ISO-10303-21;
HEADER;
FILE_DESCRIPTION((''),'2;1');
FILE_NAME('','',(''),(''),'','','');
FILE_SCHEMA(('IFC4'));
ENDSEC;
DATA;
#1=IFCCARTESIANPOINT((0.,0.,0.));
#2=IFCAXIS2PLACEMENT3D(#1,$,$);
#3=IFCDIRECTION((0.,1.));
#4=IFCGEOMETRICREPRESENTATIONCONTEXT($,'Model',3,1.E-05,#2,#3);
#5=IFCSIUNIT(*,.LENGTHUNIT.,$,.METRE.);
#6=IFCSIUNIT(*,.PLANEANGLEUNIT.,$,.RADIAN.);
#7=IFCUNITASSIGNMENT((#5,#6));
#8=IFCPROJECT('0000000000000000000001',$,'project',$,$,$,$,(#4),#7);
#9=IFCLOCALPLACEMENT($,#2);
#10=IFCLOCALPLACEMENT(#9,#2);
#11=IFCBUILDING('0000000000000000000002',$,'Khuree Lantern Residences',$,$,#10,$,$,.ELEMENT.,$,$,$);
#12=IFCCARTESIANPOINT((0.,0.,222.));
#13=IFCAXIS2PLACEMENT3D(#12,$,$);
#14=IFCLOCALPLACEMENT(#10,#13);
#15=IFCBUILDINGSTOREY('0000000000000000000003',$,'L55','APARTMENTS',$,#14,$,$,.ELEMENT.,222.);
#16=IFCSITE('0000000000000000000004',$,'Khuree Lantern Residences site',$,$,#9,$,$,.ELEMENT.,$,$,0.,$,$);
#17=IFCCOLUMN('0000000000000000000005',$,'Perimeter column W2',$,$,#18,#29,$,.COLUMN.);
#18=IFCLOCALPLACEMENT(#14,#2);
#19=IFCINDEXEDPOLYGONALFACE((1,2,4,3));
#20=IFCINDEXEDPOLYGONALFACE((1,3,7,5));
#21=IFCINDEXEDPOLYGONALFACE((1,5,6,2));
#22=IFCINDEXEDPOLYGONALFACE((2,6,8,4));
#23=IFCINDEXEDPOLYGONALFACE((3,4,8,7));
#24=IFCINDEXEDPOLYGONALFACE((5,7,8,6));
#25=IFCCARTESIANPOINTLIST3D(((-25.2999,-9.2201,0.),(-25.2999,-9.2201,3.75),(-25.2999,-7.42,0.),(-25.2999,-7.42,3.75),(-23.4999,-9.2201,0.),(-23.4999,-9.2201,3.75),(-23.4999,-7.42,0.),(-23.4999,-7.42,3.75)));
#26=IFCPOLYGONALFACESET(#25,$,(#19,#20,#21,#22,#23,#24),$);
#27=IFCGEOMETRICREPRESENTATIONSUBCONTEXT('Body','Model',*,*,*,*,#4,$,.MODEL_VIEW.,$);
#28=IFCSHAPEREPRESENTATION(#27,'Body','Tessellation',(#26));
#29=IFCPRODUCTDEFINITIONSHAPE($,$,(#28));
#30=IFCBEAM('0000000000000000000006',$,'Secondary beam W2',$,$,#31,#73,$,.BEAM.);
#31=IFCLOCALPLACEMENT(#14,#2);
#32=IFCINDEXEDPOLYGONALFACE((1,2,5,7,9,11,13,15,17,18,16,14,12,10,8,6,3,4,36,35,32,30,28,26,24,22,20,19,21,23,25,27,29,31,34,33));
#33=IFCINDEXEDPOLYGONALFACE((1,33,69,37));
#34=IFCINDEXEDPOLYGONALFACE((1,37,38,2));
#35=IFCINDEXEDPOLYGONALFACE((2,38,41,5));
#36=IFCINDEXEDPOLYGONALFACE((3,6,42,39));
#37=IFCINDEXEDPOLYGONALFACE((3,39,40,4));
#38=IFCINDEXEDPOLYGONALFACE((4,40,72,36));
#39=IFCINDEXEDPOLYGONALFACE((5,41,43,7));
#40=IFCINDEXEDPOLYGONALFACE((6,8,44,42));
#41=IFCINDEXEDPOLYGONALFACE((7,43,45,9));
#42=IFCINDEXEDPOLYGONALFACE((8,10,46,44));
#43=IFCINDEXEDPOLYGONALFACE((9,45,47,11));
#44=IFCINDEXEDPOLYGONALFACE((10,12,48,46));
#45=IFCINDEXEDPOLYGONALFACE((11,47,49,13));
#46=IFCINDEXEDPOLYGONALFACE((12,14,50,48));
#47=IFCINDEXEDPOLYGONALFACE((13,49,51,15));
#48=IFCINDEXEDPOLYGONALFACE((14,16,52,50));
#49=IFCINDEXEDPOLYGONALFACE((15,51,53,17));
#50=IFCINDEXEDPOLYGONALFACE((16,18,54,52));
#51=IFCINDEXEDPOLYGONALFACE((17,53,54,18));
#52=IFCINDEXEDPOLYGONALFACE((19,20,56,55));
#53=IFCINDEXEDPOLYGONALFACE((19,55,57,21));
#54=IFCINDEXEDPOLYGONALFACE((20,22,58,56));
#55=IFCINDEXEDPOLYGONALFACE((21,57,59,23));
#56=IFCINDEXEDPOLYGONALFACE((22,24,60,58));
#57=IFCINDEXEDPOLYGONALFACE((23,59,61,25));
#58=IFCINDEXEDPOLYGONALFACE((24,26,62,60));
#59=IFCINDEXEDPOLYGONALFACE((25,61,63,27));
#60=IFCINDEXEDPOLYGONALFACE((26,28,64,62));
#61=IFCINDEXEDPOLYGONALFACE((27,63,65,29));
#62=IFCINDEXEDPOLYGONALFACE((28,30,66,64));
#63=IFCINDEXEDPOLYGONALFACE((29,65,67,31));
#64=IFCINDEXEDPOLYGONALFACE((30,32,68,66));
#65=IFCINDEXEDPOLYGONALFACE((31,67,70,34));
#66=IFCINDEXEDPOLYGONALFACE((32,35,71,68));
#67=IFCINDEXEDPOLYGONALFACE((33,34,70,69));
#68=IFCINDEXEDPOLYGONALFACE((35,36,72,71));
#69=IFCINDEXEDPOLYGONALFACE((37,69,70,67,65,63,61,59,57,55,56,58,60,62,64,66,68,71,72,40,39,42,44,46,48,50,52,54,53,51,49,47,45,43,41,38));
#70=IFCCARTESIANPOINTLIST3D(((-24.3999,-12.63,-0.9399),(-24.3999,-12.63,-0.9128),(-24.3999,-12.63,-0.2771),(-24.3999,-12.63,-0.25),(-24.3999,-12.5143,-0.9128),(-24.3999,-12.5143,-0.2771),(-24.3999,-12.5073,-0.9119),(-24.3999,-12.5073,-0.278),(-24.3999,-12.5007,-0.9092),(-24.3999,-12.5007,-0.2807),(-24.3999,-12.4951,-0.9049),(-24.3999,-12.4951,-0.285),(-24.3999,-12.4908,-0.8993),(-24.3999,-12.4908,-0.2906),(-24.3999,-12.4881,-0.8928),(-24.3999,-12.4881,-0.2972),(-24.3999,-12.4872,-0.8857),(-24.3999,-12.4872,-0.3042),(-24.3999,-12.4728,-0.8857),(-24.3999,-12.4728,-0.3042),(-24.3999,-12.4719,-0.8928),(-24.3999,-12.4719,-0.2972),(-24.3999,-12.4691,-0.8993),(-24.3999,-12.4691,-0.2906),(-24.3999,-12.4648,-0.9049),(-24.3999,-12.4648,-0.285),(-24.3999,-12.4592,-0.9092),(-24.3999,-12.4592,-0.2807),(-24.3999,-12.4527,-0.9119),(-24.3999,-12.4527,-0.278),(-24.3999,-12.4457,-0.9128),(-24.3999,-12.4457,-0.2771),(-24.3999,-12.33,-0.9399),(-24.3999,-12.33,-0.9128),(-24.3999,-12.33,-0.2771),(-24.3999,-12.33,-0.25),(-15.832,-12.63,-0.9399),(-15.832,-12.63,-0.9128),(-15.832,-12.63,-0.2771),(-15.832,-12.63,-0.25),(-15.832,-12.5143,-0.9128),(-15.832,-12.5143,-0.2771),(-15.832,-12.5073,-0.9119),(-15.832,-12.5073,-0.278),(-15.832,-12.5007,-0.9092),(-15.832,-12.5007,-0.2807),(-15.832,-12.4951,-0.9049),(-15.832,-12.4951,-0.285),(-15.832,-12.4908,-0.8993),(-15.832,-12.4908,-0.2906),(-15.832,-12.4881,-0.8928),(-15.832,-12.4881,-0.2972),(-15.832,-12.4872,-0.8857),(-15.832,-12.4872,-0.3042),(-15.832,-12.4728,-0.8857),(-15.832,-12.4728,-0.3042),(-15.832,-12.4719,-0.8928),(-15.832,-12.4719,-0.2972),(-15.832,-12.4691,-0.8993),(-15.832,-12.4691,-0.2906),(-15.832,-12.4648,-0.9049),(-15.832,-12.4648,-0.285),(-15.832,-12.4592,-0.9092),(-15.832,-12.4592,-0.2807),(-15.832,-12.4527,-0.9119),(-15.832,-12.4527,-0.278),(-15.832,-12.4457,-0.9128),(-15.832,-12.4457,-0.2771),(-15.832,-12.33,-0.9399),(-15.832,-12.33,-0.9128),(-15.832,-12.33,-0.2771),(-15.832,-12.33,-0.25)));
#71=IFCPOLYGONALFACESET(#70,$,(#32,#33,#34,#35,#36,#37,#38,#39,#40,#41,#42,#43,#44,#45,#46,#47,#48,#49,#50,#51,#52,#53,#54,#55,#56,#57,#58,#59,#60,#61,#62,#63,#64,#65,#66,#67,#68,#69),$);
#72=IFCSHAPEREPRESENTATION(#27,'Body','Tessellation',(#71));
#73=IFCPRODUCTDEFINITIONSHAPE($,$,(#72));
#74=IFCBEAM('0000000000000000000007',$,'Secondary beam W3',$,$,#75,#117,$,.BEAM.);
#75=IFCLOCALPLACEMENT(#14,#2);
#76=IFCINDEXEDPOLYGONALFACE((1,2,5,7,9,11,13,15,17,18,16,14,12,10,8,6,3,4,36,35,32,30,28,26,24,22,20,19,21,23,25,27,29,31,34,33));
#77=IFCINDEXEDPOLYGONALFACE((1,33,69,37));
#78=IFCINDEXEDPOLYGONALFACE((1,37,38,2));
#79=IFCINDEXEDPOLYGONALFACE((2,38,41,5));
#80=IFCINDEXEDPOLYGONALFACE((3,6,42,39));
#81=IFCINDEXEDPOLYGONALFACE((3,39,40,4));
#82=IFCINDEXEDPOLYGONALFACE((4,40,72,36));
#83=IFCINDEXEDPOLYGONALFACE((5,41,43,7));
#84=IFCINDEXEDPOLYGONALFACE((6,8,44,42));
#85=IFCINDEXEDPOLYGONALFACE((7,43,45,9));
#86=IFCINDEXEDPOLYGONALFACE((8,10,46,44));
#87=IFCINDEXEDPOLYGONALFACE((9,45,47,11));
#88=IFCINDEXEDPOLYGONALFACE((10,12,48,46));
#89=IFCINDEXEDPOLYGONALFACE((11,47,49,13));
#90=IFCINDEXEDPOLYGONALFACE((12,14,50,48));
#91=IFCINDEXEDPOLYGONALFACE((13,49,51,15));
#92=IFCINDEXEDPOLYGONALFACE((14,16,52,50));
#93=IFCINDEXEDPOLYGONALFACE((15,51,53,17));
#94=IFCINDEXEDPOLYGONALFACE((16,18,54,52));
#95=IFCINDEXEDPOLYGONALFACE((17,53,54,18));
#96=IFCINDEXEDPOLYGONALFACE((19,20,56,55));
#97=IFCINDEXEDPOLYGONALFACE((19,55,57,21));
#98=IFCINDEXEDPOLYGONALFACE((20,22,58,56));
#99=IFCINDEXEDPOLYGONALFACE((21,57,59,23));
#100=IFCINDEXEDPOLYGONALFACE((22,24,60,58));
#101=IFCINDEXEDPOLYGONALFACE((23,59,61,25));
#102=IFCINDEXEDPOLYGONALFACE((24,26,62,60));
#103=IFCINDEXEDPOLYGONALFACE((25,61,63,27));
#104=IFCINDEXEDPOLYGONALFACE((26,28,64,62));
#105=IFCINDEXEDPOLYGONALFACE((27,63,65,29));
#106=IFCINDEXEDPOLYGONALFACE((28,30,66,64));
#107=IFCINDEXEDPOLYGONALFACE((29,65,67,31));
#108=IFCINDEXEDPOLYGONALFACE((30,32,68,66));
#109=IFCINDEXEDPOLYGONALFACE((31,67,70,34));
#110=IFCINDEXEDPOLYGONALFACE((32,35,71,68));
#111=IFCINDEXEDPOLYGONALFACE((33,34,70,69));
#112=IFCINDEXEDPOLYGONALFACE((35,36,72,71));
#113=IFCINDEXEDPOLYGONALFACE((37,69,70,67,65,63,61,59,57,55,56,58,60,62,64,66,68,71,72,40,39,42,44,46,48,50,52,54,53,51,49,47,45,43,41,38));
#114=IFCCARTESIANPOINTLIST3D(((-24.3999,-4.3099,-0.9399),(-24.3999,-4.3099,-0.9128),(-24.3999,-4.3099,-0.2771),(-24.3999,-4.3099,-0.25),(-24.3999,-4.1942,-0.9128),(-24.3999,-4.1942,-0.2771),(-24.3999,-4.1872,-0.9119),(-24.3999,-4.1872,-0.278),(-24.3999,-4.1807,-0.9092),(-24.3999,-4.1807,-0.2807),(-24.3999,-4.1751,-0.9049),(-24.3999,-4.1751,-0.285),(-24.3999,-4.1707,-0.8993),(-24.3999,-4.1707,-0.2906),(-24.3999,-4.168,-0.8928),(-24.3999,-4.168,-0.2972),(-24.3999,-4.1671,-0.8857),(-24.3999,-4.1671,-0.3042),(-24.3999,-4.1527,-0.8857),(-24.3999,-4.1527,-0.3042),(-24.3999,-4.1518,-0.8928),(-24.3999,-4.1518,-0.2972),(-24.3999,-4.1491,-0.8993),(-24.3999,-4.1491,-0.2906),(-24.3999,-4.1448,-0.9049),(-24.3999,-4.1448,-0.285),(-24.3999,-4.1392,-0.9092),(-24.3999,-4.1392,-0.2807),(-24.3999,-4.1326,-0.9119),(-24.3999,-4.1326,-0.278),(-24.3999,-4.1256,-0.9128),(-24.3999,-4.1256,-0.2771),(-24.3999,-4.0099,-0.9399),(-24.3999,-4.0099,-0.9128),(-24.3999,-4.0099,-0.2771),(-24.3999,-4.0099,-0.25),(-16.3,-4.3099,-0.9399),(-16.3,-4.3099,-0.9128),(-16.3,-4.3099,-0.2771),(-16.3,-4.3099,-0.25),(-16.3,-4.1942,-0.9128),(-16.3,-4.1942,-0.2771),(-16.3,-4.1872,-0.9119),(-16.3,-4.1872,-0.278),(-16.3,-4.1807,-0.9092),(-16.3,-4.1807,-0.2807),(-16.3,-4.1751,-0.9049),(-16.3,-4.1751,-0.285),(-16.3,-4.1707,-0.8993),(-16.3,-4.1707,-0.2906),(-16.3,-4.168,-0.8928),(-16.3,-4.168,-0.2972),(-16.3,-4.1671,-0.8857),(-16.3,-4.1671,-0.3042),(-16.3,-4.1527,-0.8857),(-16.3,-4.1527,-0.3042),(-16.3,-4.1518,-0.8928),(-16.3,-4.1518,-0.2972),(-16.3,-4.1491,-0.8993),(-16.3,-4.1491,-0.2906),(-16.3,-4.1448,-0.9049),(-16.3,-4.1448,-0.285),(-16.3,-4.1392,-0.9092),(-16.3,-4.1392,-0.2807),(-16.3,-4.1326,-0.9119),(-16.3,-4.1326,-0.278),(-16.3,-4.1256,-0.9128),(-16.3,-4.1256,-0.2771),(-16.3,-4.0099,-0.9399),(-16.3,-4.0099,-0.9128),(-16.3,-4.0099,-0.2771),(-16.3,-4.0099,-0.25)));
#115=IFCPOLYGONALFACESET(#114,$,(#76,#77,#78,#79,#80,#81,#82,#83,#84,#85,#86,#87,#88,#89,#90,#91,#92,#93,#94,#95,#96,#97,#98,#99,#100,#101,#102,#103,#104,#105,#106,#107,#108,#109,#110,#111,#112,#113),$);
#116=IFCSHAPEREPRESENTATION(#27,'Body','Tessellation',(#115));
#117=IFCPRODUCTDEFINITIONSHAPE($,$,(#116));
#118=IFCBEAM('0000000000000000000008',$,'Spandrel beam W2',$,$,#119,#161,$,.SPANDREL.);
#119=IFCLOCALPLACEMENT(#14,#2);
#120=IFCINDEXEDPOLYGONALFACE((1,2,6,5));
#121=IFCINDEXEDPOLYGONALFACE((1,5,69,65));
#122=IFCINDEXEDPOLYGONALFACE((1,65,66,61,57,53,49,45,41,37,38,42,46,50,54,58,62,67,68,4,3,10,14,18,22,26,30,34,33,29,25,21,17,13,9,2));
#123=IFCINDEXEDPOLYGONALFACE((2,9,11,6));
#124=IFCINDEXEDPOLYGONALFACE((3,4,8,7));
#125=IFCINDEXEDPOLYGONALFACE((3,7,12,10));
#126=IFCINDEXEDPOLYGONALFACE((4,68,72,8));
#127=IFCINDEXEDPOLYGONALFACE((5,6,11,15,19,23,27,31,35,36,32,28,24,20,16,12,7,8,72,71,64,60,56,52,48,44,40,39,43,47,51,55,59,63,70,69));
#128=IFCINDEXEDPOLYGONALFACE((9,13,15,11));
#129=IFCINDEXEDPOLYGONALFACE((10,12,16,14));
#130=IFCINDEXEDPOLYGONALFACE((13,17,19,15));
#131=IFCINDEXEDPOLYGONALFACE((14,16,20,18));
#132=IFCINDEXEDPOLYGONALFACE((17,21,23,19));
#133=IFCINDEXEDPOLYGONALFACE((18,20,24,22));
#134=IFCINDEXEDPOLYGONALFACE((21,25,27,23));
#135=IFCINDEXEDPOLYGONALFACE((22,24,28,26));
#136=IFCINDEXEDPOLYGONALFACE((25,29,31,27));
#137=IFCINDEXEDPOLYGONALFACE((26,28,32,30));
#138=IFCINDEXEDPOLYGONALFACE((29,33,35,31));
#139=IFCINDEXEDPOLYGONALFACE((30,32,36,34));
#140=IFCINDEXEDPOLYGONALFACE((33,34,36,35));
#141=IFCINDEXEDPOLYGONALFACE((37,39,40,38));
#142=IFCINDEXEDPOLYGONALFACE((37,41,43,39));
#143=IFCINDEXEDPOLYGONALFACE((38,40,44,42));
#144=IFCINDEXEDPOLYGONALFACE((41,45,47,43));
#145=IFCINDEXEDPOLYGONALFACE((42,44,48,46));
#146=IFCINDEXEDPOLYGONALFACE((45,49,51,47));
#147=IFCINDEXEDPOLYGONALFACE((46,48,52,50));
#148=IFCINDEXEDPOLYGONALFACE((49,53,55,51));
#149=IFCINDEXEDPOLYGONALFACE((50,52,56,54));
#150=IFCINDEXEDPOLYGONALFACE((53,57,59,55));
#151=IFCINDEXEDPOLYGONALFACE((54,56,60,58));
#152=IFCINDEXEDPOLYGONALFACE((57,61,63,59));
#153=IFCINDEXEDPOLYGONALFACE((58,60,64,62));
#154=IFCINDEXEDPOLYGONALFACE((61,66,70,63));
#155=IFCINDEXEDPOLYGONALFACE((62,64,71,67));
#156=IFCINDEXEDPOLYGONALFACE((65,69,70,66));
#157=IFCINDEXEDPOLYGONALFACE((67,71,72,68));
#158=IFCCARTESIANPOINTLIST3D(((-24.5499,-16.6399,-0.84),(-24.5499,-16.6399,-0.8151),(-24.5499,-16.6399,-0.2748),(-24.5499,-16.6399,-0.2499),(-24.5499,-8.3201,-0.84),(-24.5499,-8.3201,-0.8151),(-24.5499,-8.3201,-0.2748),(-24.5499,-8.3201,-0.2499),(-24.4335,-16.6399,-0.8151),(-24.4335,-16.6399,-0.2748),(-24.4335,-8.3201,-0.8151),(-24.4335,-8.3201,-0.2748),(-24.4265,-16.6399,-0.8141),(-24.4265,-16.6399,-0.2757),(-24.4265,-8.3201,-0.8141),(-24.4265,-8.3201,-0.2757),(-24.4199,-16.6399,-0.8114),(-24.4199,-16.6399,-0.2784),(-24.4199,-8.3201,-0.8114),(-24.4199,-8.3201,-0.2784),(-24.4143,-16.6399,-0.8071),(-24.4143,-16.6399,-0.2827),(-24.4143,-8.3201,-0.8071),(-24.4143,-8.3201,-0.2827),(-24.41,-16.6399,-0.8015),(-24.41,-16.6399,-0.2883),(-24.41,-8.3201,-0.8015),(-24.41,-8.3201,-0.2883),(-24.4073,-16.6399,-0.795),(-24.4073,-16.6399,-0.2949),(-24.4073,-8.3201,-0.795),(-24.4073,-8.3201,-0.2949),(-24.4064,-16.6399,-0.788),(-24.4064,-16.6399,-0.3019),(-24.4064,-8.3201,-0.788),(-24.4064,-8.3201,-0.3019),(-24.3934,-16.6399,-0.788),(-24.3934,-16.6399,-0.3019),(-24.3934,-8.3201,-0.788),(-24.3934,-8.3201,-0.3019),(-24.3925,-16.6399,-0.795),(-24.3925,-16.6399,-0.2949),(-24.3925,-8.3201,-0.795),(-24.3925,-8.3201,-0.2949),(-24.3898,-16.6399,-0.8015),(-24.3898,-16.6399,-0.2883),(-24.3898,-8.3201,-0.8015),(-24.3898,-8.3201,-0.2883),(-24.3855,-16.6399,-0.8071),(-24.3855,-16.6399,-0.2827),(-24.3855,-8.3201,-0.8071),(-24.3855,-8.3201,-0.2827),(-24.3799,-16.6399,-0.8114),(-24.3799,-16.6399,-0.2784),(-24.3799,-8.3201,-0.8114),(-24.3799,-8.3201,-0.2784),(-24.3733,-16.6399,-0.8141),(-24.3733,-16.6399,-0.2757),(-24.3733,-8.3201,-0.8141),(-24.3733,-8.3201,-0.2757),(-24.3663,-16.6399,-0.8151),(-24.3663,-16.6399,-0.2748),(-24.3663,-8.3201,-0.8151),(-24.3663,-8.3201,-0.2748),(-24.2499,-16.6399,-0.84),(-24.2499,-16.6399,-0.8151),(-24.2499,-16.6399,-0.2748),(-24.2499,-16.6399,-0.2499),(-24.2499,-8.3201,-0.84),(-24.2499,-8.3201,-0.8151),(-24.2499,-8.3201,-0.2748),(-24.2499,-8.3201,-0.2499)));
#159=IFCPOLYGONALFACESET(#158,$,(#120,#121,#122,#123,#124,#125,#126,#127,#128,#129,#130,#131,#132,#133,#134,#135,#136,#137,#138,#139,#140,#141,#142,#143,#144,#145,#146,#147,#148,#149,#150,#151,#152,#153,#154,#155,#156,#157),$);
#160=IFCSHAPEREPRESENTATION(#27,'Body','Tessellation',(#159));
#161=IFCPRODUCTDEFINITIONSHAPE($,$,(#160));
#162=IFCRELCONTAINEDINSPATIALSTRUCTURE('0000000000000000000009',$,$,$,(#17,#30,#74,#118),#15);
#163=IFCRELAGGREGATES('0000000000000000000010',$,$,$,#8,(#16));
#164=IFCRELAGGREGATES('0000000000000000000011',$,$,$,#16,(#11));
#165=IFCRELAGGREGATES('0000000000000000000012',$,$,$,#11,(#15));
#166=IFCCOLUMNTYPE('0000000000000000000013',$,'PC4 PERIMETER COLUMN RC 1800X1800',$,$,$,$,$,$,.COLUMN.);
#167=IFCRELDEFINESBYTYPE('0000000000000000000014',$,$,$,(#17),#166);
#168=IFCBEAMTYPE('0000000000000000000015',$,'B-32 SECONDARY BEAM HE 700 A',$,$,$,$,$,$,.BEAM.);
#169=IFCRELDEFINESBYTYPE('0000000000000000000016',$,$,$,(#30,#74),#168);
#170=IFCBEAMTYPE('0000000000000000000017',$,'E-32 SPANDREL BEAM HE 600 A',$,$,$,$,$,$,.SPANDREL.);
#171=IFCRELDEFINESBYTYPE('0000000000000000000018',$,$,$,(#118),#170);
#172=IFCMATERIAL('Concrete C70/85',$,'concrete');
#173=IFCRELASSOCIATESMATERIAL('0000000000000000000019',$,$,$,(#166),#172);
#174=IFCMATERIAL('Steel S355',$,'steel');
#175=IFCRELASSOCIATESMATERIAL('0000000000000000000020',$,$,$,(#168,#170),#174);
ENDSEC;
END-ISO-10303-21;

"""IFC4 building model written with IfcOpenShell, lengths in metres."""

from ifc_helpers import new_model, si_unit, direction, frame, origin, origin_2d, place, context, subcontext, project, spatial, rectangle, i_section, extrude, material, material_profile, profile_set, type_object, element, save


model = new_model("IFC4")

# Units and contexts
model_context = context("Model", 3, precision=1e-05, world=origin(), true_north=direction((0.0, 1.0)))
body_context = subcontext(model_context, "Body", "Model", "MODEL_VIEW")
ifc_project = project(units=[si_unit("LENGTHUNIT", "METRE"), si_unit("PLANEANGLEUNIT", "RADIAN")], contexts=[model_context])

# Site, building, storey
site_placement = place(None, origin())
site = spatial("IfcSite", under=ifc_project, at=site_placement, Name="Khuree Lantern Residences site", CompositionType="ELEMENT", RefElevation=0.0)
building_placement = place(site_placement, origin())
building = spatial("IfcBuilding", under=site, at=building_placement, Name="Khuree Lantern Residences", CompositionType="ELEMENT")
storey_placement = place(building_placement, frame((0.0, 0.0, 222.0)))
storey = spatial("IfcBuildingStorey", under=building, at=storey_placement, Name="L55", Description="APARTMENTS", CompositionType="ELEMENT", Elevation=222.0)

# Column
ifc_material_1 = material(Name="Concrete C70/85", Category="concrete")
ifc_material_profile_1 = material_profile(ifc_material_1, rectangle(XDim=1.8, YDim=1.8, at=origin_2d()), Name="RC 1800X1800")
ifc_profile_set_1 = profile_set([ifc_material_profile_1], Name="Concrete C70/85")
column_type = type_object("IfcColumnType", Name="PC4 PERIMETER COLUMN RC 1800X1800", PredefinedType="COLUMN", material=ifc_profile_set_1)
column_placement = place(storey_placement, frame((-24.3999, -8.3201, 0.0), z_axis=(0.0, 0.0, 1.0), x_axis=(0.0, 1.0, 0.0)))
element("IfcColumn", 1, at=column_placement, inside=storey, type_object=column_type, Name="Perimeter column W2", PredefinedType="COLUMN", context=body_context, shape_type="SweptSolid", body=[
    extrude(rectangle(XDim=1.8, YDim=1.8, at=origin_2d()), origin(), (0.0, 0.0, 1.0), 3.75),
])

# Beams
ifc_material_2 = material(Name="Steel S355", Category="steel")
ifc_material_profile_2 = material_profile(ifc_material_2, i_section(OverallWidth=0.3, OverallDepth=0.6899, WebThickness=0.0144, FlangeThickness=0.0271, FilletRadius=0.0271, at=origin_2d()), Name="HE 700 A")
ifc_profile_set_2 = profile_set([ifc_material_profile_2], Name="Steel S355")
beam_type_1 = type_object("IfcBeamType", Name="B-32 SECONDARY BEAM HE 700 A", PredefinedType="BEAM", material=ifc_profile_set_2)
beam_1_placement = place(storey_placement, frame((-24.3999, -12.48, -0.595), z_axis=(1.0, 0.0, 0.0), x_axis=(0.0, 1.0, 0.0)))
element("IfcBeam", 2, at=beam_1_placement, inside=storey, type_object=beam_type_1, Name="Secondary beam W2", PredefinedType="BEAM", context=body_context, shape_type="SweptSolid", body=[
    extrude(i_section(OverallWidth=0.3, OverallDepth=0.6899, WebThickness=0.0144, FlangeThickness=0.0271, FilletRadius=0.0271, at=origin_2d()), origin(), (0.0, 0.0, 1.0), 8.5679),
])
beam_2_placement = place(storey_placement, frame((-24.3999, -4.1599, -0.595), z_axis=(1.0, 0.0, 0.0), x_axis=(0.0, 1.0, 0.0)))
element("IfcBeam", 3, at=beam_2_placement, inside=storey, type_object=beam_type_1, Name="Secondary beam W3", PredefinedType="BEAM", context=body_context, shape_type="SweptSolid", body=[
    extrude(i_section(OverallWidth=0.3, OverallDepth=0.6899, WebThickness=0.0144, FlangeThickness=0.0271, FilletRadius=0.0271, at=origin_2d()), origin(), (0.0, 0.0, 1.0), 8.0999),
])
ifc_material_profile_3 = material_profile(ifc_material_2, i_section(OverallWidth=0.3, OverallDepth=0.5901, WebThickness=0.0129, FlangeThickness=0.0249, FilletRadius=0.0271, at=origin_2d()), Name="HE 600 A")
ifc_profile_set_3 = profile_set([ifc_material_profile_3], Name="Steel S355")
beam_type_2 = type_object("IfcBeamType", Name="E-32 SPANDREL BEAM HE 600 A", PredefinedType="SPANDREL", material=ifc_profile_set_3)
beam_3_placement = place(storey_placement, frame((-24.3999, -16.6399, -0.5449), z_axis=(0.0, 1.0, 0.0), x_axis=(-1.0, 0.0, 0.0)))
element("IfcBeam", 4, at=beam_3_placement, inside=storey, type_object=beam_type_2, Name="Spandrel beam W2", PredefinedType="SPANDREL", context=body_context, shape_type="SweptSolid", body=[
    extrude(i_section(OverallWidth=0.3, OverallDepth=0.5901, WebThickness=0.0129, FlangeThickness=0.0249, FilletRadius=0.0271, at=origin_2d()), origin(), (0.0, 0.0, 1.0), 8.3198),
])

save(model, "model.ifc")
